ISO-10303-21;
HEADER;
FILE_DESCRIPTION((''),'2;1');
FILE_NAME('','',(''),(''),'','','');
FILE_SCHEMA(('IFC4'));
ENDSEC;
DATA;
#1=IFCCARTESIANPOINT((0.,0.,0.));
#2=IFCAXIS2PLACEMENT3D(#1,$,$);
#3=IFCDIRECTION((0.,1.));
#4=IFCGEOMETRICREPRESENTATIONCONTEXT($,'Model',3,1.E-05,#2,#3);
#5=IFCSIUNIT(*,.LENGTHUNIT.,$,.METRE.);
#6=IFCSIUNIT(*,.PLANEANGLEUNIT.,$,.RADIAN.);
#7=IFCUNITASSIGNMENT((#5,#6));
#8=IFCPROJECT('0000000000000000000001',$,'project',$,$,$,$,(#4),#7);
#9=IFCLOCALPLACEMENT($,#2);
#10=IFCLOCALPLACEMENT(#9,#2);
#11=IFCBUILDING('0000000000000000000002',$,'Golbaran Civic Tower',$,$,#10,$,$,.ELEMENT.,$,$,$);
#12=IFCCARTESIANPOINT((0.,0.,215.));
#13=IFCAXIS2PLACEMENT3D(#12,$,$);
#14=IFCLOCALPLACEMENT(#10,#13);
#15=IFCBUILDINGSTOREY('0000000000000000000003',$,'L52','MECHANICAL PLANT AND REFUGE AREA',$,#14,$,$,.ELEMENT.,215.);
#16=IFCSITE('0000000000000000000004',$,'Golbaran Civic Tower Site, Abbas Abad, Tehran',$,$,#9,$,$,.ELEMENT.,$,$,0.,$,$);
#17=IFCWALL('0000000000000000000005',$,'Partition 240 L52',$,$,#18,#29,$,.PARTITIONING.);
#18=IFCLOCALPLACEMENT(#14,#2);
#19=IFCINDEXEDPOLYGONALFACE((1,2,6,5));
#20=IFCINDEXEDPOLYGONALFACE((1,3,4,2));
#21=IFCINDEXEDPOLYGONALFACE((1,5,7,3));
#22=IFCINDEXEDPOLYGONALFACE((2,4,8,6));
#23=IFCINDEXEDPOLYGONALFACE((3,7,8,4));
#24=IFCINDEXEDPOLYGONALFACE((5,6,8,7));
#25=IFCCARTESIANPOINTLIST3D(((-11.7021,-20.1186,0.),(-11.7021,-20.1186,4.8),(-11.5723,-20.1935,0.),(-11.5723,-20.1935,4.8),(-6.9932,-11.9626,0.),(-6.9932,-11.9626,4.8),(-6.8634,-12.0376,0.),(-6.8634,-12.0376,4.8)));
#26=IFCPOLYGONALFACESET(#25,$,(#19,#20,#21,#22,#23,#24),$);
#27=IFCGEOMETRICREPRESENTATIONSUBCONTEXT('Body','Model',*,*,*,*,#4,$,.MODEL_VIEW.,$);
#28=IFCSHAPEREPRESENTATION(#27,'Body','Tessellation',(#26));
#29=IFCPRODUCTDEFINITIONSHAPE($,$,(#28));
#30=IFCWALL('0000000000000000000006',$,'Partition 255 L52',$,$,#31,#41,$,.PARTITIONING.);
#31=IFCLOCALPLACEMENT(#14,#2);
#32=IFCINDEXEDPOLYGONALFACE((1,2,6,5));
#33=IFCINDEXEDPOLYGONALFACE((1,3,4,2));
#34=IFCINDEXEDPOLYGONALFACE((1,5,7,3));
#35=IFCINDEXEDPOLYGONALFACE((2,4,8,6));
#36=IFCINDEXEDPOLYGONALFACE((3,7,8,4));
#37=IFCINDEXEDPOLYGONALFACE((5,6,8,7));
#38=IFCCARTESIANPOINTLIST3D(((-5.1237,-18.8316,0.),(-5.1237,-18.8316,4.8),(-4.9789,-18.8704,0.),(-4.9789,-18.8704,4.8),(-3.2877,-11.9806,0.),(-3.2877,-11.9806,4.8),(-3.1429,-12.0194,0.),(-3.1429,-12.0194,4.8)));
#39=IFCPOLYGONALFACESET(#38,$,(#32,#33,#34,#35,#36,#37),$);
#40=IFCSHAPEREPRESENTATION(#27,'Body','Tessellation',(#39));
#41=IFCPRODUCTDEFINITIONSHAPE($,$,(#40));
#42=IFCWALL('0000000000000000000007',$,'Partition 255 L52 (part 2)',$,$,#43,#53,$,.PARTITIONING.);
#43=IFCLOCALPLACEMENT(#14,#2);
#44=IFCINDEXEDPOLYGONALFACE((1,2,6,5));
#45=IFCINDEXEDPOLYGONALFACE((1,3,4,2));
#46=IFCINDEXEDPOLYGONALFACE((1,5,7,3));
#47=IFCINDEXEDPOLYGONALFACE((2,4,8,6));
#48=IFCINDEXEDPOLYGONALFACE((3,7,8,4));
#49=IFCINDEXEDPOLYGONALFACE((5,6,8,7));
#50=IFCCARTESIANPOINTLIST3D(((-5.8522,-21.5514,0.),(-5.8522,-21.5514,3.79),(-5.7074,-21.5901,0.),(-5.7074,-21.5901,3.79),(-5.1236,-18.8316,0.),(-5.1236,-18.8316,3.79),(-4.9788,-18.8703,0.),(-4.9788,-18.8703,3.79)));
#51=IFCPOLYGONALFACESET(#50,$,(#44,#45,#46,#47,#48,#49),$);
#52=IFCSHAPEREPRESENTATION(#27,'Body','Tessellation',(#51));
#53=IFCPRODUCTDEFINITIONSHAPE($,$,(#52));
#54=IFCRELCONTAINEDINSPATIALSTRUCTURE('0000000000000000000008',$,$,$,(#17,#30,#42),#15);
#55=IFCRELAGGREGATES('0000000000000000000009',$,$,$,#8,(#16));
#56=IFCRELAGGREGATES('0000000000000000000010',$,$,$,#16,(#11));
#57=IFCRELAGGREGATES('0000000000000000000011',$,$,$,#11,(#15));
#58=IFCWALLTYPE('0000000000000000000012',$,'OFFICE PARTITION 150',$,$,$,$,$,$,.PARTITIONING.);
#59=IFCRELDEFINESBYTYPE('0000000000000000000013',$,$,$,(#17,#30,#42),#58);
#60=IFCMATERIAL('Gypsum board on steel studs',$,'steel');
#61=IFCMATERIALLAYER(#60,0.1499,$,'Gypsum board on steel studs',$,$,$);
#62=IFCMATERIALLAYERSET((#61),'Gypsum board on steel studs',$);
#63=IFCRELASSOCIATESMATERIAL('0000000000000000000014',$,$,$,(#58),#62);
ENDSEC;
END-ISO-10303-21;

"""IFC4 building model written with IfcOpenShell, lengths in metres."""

from ifc_helpers import new_model, si_unit, direction, frame, frame_2d, origin, place, context, subcontext, project, spatial, rectangle, extrude, material, layer, layer_set, type_object, element, save


model = new_model("IFC4")

# Units and contexts
model_context = context("Model", 3, precision=1e-05, world=origin(), true_north=direction((0.0, 1.0)))
body_context = subcontext(model_context, "Body", "Model", "MODEL_VIEW")
ifc_project = project(units=[si_unit("LENGTHUNIT", "METRE"), si_unit("PLANEANGLEUNIT", "RADIAN")], contexts=[model_context])

# Site, building, storey
site_placement = place(None, origin())
site = spatial("IfcSite", under=ifc_project, at=site_placement, Name="Golbaran Civic Tower Site, Abbas Abad, Tehran", CompositionType="ELEMENT", RefElevation=0.0)
building_placement = place(site_placement, origin())
building = spatial("IfcBuilding", under=site, at=building_placement, Name="Golbaran Civic Tower", CompositionType="ELEMENT")
storey_placement = place(building_placement, frame((0.0, 0.0, 215.0)))
storey = spatial("IfcBuildingStorey", under=building, at=storey_placement, Name="L52", Description="MECHANICAL PLANT AND REFUGE AREA", CompositionType="ELEMENT", Elevation=215.0)

# Walls
ifc_material_1 = material(Name="Gypsum board on steel studs", Category="steel")
ifc_layer_1 = layer(ifc_material_1, 0.1499, Name="Gypsum board on steel studs")
ifc_layer_set_1 = layer_set([ifc_layer_1], Name="Gypsum board on steel studs")
wall_type_1 = type_object("IfcWallType", Name="OFFICE PARTITION 150", PredefinedType="PARTITIONING", material=ifc_layer_set_1)
wall_1_placement = place(storey_placement, frame((-6.9282, -12.0, 0.0), z_axis=(0.0, 0.0, 1.0), x_axis=(-0.500009, -0.86602, 0.0)))
element("IfcWall", 1, at=wall_1_placement, inside=storey, type_object=wall_type_1, Name="Partition 240 L52", PredefinedType="PARTITIONING", context=body_context, shape_type="SweptSolid", body=[
    extrude(rectangle(XDim=9.4177, YDim=0.1499, at=frame_2d((4.709, 0.0))), origin(), (0.0, 0.0, 1.0), 4.8),
])
wall_2_placement = place(storey_placement, frame((-3.2153, -12.0, 0.0), z_axis=(0.0, 0.0, 1.0), x_axis=(-0.258845, -0.965919, 0.0)))
element("IfcWall", 2, at=wall_2_placement, inside=storey, type_object=wall_type_1, Name="Partition 255 L52", PredefinedType="PARTITIONING", context=body_context, shape_type="SweptSolid", body=[
    extrude(rectangle(XDim=7.0928, YDim=0.1499, at=frame_2d((3.5464, 0.0))), origin(), (0.0, 0.0, 1.0), 4.8),
])
wall_3_placement = place(storey_placement, frame((-5.0513, -18.8511, 0.0), z_axis=(0.0, 0.0, 1.0), x_axis=(-0.258742, -0.965947, 0.0)))
element("IfcWall", 3, at=wall_3_placement, inside=storey, type_object=wall_type_1, Name="Partition 255 L52 (part 2)", PredefinedType="PARTITIONING", context=body_context, shape_type="SweptSolid", body=[
    extrude(rectangle(XDim=2.8157, YDim=0.1499, at=frame_2d((1.4077, 0.0))), origin(), (0.0, 0.0, 1.0), 3.79),
])

save(model, "model.ifc")
